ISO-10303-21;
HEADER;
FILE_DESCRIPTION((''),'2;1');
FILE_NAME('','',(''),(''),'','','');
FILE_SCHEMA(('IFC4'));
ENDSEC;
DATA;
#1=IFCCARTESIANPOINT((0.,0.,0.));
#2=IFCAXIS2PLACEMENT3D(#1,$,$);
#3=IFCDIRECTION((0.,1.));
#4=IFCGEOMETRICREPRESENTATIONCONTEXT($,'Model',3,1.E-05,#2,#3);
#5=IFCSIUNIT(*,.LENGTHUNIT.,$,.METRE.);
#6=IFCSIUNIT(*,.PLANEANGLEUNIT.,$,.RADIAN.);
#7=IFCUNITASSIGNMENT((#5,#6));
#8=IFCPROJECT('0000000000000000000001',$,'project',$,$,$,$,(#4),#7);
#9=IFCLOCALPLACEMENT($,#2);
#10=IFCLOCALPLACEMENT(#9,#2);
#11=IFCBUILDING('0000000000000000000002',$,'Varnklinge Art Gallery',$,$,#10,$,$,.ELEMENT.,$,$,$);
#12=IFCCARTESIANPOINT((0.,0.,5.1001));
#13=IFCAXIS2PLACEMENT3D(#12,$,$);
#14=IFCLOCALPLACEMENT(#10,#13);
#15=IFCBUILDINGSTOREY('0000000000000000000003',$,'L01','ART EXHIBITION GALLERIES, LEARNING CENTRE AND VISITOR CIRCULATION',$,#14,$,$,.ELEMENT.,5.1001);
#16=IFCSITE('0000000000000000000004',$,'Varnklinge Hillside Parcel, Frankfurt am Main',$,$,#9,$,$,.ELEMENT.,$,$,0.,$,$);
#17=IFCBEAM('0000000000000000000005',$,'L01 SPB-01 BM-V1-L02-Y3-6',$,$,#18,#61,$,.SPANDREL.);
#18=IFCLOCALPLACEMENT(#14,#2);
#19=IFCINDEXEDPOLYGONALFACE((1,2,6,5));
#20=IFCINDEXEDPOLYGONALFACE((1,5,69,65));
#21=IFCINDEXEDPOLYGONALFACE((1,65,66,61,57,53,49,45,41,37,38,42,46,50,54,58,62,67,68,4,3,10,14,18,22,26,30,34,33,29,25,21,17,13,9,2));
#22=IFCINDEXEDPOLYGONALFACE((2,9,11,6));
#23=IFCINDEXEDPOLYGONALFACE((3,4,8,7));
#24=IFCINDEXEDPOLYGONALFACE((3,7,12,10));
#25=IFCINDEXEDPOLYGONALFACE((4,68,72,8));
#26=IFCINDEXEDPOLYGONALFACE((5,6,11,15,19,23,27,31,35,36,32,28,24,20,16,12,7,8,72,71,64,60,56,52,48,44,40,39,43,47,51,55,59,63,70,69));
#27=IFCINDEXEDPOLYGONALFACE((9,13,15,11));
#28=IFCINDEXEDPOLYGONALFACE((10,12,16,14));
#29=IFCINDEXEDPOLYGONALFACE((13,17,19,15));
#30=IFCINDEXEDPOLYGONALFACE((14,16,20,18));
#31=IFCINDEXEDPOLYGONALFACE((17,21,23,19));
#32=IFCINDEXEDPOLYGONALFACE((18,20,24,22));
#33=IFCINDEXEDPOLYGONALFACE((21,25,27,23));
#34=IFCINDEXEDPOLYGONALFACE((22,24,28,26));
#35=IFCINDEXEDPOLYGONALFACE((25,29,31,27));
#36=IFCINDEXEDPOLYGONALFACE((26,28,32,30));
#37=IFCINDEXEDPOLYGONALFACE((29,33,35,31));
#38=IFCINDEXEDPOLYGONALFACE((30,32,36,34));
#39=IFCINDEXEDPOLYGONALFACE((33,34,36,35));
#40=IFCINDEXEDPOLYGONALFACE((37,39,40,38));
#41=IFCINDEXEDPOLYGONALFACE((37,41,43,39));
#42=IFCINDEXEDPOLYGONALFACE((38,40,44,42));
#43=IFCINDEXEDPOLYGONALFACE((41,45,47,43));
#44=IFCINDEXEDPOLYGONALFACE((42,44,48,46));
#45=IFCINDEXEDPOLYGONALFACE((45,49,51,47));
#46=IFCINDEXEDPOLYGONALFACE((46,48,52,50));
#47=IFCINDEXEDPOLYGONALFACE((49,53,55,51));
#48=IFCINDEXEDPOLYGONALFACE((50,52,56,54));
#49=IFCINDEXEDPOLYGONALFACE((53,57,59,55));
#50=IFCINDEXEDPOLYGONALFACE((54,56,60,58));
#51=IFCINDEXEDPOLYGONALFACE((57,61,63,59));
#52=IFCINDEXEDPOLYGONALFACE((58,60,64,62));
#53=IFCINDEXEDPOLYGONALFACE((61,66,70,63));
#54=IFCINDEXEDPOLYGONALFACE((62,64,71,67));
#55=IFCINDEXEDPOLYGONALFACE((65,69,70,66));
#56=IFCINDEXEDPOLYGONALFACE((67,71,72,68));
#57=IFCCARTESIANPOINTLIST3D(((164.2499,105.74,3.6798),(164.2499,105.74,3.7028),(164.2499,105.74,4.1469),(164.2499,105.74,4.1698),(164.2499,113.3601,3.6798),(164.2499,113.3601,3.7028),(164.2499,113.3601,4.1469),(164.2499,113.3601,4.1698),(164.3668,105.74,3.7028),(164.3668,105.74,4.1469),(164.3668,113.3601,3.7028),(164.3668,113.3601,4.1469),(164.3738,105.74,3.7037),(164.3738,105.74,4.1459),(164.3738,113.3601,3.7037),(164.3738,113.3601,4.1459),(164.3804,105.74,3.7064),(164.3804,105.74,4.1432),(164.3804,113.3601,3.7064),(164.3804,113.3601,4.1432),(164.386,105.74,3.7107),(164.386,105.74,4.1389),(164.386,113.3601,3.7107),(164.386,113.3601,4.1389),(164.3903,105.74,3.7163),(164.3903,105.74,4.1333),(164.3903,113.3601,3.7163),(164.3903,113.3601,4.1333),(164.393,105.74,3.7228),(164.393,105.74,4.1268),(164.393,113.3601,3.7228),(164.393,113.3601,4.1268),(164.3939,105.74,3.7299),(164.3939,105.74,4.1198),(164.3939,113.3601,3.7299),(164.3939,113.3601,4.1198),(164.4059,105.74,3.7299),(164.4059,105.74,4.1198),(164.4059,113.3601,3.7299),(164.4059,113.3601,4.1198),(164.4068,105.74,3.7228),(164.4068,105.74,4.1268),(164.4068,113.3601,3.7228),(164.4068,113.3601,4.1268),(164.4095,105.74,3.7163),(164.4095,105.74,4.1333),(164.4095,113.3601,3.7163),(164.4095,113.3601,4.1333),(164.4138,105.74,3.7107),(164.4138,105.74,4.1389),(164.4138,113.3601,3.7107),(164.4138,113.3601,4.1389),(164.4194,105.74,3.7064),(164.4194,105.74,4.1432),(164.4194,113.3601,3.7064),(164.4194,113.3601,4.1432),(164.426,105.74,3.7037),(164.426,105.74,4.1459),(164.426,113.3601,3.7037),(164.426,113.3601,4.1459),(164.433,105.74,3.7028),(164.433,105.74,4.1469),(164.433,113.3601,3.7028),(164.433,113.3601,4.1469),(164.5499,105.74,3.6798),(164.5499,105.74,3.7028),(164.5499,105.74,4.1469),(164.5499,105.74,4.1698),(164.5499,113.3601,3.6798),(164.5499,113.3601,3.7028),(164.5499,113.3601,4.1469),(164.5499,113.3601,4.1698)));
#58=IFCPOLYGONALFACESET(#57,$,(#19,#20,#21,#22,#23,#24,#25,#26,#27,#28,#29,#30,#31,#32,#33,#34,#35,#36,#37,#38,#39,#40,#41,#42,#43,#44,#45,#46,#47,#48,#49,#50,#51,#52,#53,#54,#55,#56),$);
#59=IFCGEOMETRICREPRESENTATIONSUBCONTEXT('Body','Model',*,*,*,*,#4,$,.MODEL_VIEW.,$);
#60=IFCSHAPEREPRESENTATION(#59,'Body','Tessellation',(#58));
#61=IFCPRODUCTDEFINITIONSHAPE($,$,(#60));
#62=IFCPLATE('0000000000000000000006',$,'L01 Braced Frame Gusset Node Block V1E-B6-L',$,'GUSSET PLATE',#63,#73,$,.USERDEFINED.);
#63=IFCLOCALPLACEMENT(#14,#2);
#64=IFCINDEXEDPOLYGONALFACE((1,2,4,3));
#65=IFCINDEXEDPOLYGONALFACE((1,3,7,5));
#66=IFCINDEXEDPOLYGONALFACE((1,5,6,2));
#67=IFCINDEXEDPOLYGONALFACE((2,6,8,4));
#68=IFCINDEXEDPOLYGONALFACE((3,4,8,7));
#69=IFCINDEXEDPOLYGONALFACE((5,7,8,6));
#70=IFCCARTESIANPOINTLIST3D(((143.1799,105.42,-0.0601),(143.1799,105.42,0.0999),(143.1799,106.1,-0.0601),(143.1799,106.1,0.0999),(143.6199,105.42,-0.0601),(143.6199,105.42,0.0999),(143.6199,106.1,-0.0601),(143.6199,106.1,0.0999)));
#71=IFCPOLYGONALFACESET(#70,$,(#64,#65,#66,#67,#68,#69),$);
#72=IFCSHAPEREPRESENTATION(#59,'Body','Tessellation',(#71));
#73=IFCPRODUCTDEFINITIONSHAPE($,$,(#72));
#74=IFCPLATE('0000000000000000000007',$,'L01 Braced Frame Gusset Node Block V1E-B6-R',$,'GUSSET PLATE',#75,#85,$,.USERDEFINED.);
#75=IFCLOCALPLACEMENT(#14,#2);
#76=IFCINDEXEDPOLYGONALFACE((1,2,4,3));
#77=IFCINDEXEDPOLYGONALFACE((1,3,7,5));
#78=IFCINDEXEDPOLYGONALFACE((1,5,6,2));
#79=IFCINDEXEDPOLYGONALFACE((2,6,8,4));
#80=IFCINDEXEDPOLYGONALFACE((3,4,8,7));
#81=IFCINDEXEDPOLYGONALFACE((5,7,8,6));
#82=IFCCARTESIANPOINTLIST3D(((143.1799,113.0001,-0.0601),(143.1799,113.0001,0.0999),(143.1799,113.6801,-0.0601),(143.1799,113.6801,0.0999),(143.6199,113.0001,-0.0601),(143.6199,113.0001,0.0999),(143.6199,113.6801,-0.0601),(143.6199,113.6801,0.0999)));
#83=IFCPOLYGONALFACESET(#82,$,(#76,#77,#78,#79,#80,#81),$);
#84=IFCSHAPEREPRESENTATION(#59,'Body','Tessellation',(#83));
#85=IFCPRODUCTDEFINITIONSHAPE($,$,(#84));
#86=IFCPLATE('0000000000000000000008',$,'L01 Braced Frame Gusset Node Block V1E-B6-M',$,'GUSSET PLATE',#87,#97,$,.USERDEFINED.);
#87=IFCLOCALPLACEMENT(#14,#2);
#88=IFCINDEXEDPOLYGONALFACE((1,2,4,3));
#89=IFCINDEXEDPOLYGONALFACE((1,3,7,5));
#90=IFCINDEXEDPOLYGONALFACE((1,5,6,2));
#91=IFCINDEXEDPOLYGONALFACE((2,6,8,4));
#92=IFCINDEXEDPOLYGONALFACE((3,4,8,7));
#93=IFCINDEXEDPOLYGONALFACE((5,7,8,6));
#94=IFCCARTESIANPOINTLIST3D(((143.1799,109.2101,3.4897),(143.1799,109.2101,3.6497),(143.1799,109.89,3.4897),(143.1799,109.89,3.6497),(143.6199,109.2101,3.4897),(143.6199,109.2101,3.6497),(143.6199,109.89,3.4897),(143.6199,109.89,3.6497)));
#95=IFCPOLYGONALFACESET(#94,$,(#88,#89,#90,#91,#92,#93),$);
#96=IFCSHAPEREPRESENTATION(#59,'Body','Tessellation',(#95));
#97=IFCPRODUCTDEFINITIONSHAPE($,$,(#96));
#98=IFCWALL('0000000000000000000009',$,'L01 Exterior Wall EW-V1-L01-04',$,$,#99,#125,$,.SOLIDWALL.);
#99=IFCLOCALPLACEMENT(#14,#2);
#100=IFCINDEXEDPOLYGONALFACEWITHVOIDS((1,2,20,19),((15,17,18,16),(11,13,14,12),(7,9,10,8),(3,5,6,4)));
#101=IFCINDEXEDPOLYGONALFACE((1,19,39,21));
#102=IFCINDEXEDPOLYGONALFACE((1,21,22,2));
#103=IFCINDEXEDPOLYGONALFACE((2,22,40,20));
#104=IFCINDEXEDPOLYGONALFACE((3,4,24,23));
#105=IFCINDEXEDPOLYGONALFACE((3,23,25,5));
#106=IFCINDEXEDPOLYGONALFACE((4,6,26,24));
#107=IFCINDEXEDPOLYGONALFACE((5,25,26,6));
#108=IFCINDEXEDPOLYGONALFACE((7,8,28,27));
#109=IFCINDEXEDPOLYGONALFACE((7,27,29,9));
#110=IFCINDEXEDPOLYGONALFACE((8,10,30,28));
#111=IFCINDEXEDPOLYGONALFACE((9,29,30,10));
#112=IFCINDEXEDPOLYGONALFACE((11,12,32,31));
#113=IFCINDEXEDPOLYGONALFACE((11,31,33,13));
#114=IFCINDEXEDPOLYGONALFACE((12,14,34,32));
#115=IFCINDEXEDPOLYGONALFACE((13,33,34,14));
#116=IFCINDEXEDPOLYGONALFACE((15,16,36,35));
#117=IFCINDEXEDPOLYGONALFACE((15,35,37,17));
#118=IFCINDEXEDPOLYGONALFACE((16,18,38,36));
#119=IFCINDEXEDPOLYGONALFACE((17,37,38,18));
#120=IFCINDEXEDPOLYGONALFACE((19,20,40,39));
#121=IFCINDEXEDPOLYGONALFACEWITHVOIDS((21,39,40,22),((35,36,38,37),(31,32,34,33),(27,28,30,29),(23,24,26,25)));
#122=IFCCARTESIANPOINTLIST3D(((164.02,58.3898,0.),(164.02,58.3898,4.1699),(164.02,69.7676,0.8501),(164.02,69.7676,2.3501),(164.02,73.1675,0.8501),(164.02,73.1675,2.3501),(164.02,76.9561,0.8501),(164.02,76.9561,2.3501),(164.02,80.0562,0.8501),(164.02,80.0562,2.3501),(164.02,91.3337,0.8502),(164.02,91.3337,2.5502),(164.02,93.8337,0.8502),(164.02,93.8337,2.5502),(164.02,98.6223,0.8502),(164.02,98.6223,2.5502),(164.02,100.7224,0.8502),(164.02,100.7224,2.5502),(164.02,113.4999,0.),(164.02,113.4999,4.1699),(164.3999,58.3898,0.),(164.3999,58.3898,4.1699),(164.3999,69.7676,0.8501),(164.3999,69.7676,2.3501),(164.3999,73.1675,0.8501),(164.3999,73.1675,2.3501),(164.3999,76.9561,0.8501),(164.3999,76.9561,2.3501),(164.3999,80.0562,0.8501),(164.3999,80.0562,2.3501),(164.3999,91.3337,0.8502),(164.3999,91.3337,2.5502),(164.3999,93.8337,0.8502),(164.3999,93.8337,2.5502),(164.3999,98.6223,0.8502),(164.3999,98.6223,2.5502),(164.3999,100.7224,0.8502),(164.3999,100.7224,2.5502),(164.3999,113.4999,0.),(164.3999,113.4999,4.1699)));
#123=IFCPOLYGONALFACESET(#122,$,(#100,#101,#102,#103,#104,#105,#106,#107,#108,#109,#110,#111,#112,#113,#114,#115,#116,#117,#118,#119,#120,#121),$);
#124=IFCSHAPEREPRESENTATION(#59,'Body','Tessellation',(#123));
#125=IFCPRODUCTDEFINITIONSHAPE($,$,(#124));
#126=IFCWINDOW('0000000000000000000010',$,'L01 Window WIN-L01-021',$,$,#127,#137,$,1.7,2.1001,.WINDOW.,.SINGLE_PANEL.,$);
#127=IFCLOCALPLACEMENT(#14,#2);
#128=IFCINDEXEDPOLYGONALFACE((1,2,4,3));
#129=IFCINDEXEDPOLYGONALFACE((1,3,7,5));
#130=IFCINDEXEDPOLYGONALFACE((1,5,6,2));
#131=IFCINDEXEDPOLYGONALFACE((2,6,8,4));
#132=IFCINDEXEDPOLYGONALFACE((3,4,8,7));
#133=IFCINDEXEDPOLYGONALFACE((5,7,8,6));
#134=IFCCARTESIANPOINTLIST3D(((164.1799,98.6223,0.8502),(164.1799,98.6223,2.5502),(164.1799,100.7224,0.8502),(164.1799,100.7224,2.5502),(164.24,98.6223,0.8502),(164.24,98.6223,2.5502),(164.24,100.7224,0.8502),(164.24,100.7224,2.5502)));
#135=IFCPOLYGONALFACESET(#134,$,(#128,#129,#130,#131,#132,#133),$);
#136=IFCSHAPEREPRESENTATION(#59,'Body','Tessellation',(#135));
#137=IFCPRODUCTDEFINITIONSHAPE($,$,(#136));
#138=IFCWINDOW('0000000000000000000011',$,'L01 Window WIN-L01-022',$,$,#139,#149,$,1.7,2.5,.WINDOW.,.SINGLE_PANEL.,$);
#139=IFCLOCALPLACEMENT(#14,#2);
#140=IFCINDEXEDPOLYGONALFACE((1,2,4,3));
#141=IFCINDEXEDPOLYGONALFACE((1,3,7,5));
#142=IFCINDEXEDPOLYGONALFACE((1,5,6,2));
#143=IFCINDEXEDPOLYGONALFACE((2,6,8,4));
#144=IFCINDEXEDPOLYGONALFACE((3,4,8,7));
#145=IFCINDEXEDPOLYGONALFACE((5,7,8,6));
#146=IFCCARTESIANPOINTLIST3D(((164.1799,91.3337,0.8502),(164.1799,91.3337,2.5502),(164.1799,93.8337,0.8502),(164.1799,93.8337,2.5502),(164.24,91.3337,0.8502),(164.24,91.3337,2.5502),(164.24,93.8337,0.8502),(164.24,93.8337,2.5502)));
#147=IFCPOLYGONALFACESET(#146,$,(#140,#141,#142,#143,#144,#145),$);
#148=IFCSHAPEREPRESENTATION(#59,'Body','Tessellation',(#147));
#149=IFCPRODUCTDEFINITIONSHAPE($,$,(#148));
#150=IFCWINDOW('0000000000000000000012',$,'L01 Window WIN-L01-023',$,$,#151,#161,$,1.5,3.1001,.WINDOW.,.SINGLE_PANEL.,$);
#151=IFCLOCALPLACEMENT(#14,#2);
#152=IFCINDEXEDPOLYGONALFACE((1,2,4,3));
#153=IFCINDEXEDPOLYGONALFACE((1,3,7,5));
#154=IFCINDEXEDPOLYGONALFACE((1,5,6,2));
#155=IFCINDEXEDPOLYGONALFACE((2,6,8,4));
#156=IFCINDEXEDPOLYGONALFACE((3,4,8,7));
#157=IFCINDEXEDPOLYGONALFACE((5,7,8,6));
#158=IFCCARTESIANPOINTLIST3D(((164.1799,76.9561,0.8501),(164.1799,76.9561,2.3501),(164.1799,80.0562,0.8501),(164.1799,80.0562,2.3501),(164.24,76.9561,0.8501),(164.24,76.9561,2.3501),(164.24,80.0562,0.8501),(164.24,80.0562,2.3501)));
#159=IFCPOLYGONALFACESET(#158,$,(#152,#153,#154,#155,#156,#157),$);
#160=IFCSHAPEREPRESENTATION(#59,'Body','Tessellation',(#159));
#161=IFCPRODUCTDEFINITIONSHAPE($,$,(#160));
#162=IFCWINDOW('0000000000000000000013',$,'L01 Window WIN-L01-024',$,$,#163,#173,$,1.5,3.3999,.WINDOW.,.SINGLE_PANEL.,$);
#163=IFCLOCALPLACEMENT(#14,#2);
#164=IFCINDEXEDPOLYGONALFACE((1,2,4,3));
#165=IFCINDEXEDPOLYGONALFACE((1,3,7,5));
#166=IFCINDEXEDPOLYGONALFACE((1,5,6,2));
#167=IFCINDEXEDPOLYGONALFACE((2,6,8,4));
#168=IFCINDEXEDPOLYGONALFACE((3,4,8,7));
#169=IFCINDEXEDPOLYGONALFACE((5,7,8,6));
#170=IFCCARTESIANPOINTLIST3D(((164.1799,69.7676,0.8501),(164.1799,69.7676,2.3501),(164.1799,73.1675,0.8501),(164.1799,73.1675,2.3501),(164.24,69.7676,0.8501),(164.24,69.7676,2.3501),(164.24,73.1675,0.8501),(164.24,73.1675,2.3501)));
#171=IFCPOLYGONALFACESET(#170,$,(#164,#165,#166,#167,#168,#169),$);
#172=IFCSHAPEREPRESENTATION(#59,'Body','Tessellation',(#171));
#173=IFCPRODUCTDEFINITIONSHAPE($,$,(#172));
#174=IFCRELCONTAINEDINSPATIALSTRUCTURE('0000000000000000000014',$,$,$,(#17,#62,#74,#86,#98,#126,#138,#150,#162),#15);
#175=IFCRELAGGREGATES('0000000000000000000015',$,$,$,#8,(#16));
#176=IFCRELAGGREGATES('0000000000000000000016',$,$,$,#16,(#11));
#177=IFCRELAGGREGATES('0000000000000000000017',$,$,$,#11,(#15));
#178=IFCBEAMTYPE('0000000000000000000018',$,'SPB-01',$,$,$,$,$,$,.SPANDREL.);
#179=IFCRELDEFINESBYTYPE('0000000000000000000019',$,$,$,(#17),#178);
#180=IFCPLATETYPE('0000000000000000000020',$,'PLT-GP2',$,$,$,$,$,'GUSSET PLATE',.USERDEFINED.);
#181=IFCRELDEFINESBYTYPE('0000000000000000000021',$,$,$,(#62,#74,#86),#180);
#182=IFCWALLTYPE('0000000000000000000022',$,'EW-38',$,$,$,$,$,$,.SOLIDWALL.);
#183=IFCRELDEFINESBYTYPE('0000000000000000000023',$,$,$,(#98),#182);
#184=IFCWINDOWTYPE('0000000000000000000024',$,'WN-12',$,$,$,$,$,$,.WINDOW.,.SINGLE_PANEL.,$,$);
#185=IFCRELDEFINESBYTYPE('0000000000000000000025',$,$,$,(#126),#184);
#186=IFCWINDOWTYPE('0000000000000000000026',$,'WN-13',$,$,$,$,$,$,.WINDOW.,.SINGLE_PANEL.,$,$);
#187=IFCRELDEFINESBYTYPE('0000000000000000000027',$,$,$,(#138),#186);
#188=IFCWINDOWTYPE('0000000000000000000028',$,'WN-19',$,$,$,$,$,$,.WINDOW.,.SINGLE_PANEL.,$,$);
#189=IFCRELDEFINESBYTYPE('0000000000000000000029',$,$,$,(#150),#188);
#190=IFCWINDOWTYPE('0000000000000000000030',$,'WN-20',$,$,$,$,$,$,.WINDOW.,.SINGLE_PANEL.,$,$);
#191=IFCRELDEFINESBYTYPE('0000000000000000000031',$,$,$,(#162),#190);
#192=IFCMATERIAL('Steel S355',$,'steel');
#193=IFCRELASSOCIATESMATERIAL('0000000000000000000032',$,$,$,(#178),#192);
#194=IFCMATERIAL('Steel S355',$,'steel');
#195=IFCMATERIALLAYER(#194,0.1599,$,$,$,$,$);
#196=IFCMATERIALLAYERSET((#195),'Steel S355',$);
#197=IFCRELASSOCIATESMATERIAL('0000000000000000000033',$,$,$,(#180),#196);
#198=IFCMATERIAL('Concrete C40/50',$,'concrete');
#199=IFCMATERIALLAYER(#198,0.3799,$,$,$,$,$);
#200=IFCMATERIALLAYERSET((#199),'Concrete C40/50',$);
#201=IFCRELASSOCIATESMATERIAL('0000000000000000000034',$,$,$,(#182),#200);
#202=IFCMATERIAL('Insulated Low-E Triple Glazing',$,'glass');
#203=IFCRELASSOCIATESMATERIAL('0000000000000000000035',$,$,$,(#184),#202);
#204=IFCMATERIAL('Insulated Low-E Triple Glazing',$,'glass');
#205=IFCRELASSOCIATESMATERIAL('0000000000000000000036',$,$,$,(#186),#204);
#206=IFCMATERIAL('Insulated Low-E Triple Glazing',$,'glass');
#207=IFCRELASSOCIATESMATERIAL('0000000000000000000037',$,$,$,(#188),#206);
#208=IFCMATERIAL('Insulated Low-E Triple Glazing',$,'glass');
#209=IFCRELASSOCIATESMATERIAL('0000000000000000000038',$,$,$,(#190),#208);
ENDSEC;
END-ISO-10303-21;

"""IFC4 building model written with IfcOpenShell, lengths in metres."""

from ifc_helpers import new_model, si_unit, direction, frame, frame_2d, origin, origin_2d, place, context, subcontext, project, spatial, rectangle, i_section, extrude, material, layer, layer_set, material_profile, profile_set, type_object, element, fill, save


model = new_model("IFC4")

# Units and contexts
model_context = context("Model", 3, precision=1e-05, world=origin(), true_north=direction((0.0, 1.0)))
body_context = subcontext(model_context, "Body", "Model", "MODEL_VIEW")
ifc_project = project(units=[si_unit("LENGTHUNIT", "METRE"), si_unit("PLANEANGLEUNIT", "RADIAN")], contexts=[model_context])

# Site, building, storey
site_placement = place(None, origin())
site = spatial("IfcSite", under=ifc_project, at=site_placement, Name="Varnklinge Hillside Parcel, Frankfurt am Main", CompositionType="ELEMENT", RefElevation=0.0)
building_placement = place(site_placement, origin())
building = spatial("IfcBuilding", under=site, at=building_placement, Name="Varnklinge Art Gallery", CompositionType="ELEMENT")
storey_placement = place(building_placement, frame((0.0, 0.0, 5.1001)))
storey = spatial("IfcBuildingStorey", under=building, at=storey_placement, Name="L01", Description="ART EXHIBITION GALLERIES, LEARNING CENTRE AND VISITOR CIRCULATION", CompositionType="ELEMENT", Elevation=5.1001)

# Beam
ifc_material_1 = material(Name="Steel S355", Category="steel")
ifc_material_profile_1 = material_profile(ifc_material_1, i_section(OverallWidth=0.3, OverallDepth=0.49, WebThickness=0.012, FlangeThickness=0.0229, FilletRadius=0.0271, at=origin_2d()), Name="HEA 500")
ifc_profile_set_1 = profile_set([ifc_material_profile_1], Name="Steel S355")
beam_type_1 = type_object("IfcBeamType", Name="SPB-01", PredefinedType="SPANDREL", material=ifc_profile_set_1)
beam_1_placement = place(storey_placement, frame((164.3999, 105.74, 3.9248), z_axis=(0.0, 1.0, 0.0), x_axis=(-1.0, 0.0, 0.0)))
element("IfcBeam", 1, at=beam_1_placement, inside=storey, type_object=beam_type_1, Name="L01 SPB-01 BM-V1-L02-Y3-6", PredefinedType="SPANDREL", context=body_context, shape_type="SweptSolid", body=[
    extrude(i_section(OverallWidth=0.3, OverallDepth=0.49, WebThickness=0.012, FlangeThickness=0.0229, FilletRadius=0.0271, at=origin_2d()), origin(), (0.0, 0.0, 1.0), 7.6201),
])

# Plates
ifc_material_2 = material(Name="Steel S355", Category="steel")
ifc_layer_1 = layer(ifc_material_2, 0.1599)
ifc_layer_set_1 = layer_set([ifc_layer_1], Name="Steel S355")
plate_type = type_object("IfcPlateType", Name="PLT-GP2", ElementType="GUSSET PLATE", PredefinedType="USERDEFINED", material=ifc_layer_set_1)
for number, where, z_axis, x_axis, name in (
    (2, (143.3999, 105.76, -0.0601), (0.0, 0.0, 1.0), (0.0, 1.0, 0.0), "L01 Braced Frame Gusset Node Block V1E-B6-L"),
    (3, (143.3999, 113.3401, -0.0601), (0.0, 0.0, 1.0), (0.0, 1.0, 0.0), "L01 Braced Frame Gusset Node Block V1E-B6-R"),
    (4, (143.3999, 109.55, 3.4897), (0.0, 0.0, 1.0), (0.0, 1.0, 0.0), "L01 Braced Frame Gusset Node Block V1E-B6-M"),
):
    element("IfcPlate", number, at=place(storey_placement, frame(where, z_axis=z_axis, x_axis=x_axis)), inside=storey, type_object=plate_type, Name=name, ObjectType="GUSSET PLATE", PredefinedType="USERDEFINED", context=body_context, shape_type="SweptSolid", body=[
        extrude(rectangle(XDim=0.6799, YDim=0.4399, at=origin_2d()), origin(), (0.0, 0.0, 1.0), 0.1599),
    ])

# Wall, openings, windows
ifc_material_3 = material(Name="Concrete C40/50", Category="concrete")
ifc_layer_2 = layer(ifc_material_3, 0.3799)
ifc_layer_set_2 = layer_set([ifc_layer_2], Name="Concrete C40/50")
wall_type_1 = type_object("IfcWallType", Name="EW-38", PredefinedType="SOLIDWALL", material=ifc_layer_set_2)
wall_1_placement = place(storey_placement, frame((164.21, 113.5, 0.0), z_axis=(0.0, 0.0, 1.0), x_axis=(0.0, -1.0, 0.0)))
wall_1 = element("IfcWall", 5, at=wall_1_placement, inside=storey, type_object=wall_type_1, Name="L01 Exterior Wall EW-V1-L01-04", PredefinedType="SOLIDWALL", context=body_context, shape_type="SweptSolid", body=[
    extrude(rectangle(XDim=55.1101, YDim=0.3799, at=frame_2d((27.5552, 0.0))), origin(), (0.0, 0.0, 1.0), 4.1699),
])
opening_1_placement = place(wall_1_placement, frame((12.7776, 0.0, 0.8501)))
opening_1 = element("IfcOpeningElement", 6, at=opening_1_placement, cuts=wall_1, PredefinedType="OPENING", context=body_context, shape_type="SweptSolid", body=[
    extrude(rectangle(XDim=2.1001, YDim=1.7, at=frame_2d((1.05, 0.8501))), frame((0.0, 0.2, 0.0), z_axis=(0.0, -1.0, 0.0), x_axis=(1.0, 0.0, 0.0)), (0.0, 0.0, 1.0), 0.3999),
])
opening_2_placement = place(wall_1_placement, frame((19.6663, 0.0, 0.8501)))
opening_2 = element("IfcOpeningElement", 7, at=opening_2_placement, cuts=wall_1, PredefinedType="OPENING", context=body_context, shape_type="SweptSolid", body=[
    extrude(rectangle(XDim=2.5, YDim=1.7, at=frame_2d((1.25, 0.8501))), frame((0.0, 0.2, 0.0), z_axis=(0.0, -1.0, 0.0), x_axis=(1.0, 0.0, 0.0)), (0.0, 0.0, 1.0), 0.3999),
])
opening_3_placement = place(wall_1_placement, frame((33.4438, 0.0, 0.8501)))
opening_3 = element("IfcOpeningElement", 8, at=opening_3_placement, cuts=wall_1, PredefinedType="OPENING", context=body_context, shape_type="SweptSolid", body=[
    extrude(rectangle(XDim=3.1001, YDim=1.5, at=frame_2d((1.55, 0.75))), frame((0.0, 0.2, 0.0), z_axis=(0.0, -1.0, 0.0), x_axis=(1.0, 0.0, 0.0)), (0.0, 0.0, 1.0), 0.3999),
])
opening_4_placement = place(wall_1_placement, frame((40.3325, 0.0, 0.8501)))
opening_4 = element("IfcOpeningElement", 9, at=opening_4_placement, cuts=wall_1, PredefinedType="OPENING", context=body_context, shape_type="SweptSolid", body=[
    extrude(rectangle(XDim=3.3999, YDim=1.5, at=frame_2d((1.7, 0.75))), frame((0.0, 0.2, 0.0), z_axis=(0.0, -1.0, 0.0), x_axis=(1.0, 0.0, 0.0)), (0.0, 0.0, 1.0), 0.3999),
])
ifc_material_4 = material(Name="Insulated Low-E Triple Glazing", Category="glass")
window_type_1 = type_object("IfcWindowType", Name="WN-12", PartitioningType="SINGLE_PANEL", PredefinedType="WINDOW", material=ifc_material_4)
window_1_placement = place(opening_1_placement, origin())
window_1 = element("IfcWindow", 10, at=window_1_placement, inside=storey, type_object=window_type_1, Name="L01 Window WIN-L01-021", OverallHeight=1.7, OverallWidth=2.1001, PartitioningType="SINGLE_PANEL", PredefinedType="WINDOW", context=body_context, shape_type="SweptSolid", body=[
    extrude(rectangle(XDim=2.1001, YDim=1.7, at=frame_2d((1.05, 0.8501))), frame((0.0, 0.03, 0.0), z_axis=(0.0, -1.0, 0.0), x_axis=(1.0, 0.0, 0.0)), (0.0, 0.0, 1.0), 0.0601),
])
fill(opening_1, window_1)
ifc_material_5 = material(Name="Insulated Low-E Triple Glazing", Category="glass")
window_type_2 = type_object("IfcWindowType", Name="WN-13", PartitioningType="SINGLE_PANEL", PredefinedType="WINDOW", material=ifc_material_5)
window_2_placement = place(opening_2_placement, origin())
window_2 = element("IfcWindow", 11, at=window_2_placement, inside=storey, type_object=window_type_2, Name="L01 Window WIN-L01-022", OverallHeight=1.7, OverallWidth=2.5, PartitioningType="SINGLE_PANEL", PredefinedType="WINDOW", context=body_context, shape_type="SweptSolid", body=[
    extrude(rectangle(XDim=2.5, YDim=1.7, at=frame_2d((1.25, 0.8501))), frame((0.0, 0.03, 0.0), z_axis=(0.0, -1.0, 0.0), x_axis=(1.0, 0.0, 0.0)), (0.0, 0.0, 1.0), 0.0601),
])
fill(opening_2, window_2)
ifc_material_6 = material(Name="Insulated Low-E Triple Glazing", Category="glass")
window_type_3 = type_object("IfcWindowType", Name="WN-19", PartitioningType="SINGLE_PANEL", PredefinedType="WINDOW", material=ifc_material_6)
window_3_placement = place(opening_3_placement, origin())
window_3 = element("IfcWindow", 12, at=window_3_placement, inside=storey, type_object=window_type_3, Name="L01 Window WIN-L01-023", OverallHeight=1.5, OverallWidth=3.1001, PartitioningType="SINGLE_PANEL", PredefinedType="WINDOW", context=body_context, shape_type="SweptSolid", body=[
    extrude(rectangle(XDim=3.1001, YDim=1.5, at=frame_2d((1.55, 0.75))), frame((0.0, 0.03, 0.0), z_axis=(0.0, -1.0, 0.0), x_axis=(1.0, 0.0, 0.0)), (0.0, 0.0, 1.0), 0.0601),
])
fill(opening_3, window_3)
ifc_material_7 = material(Name="Insulated Low-E Triple Glazing", Category="glass")
window_type_4 = type_object("IfcWindowType", Name="WN-20", PartitioningType="SINGLE_PANEL", PredefinedType="WINDOW", material=ifc_material_7)
window_4_placement = place(opening_4_placement, origin())
window_4 = element("IfcWindow", 13, at=window_4_placement, inside=storey, type_object=window_type_4, Name="L01 Window WIN-L01-024", OverallHeight=1.5, OverallWidth=3.3999, PartitioningType="SINGLE_PANEL", PredefinedType="WINDOW", context=body_context, shape_type="SweptSolid", body=[
    extrude(rectangle(XDim=3.3999, YDim=1.5, at=frame_2d((1.7, 0.75))), frame((0.0, 0.03, 0.0), z_axis=(0.0, -1.0, 0.0), x_axis=(1.0, 0.0, 0.0)), (0.0, 0.0, 1.0), 0.0601),
])
fill(opening_4, window_4)

save(model, "model.ifc")
